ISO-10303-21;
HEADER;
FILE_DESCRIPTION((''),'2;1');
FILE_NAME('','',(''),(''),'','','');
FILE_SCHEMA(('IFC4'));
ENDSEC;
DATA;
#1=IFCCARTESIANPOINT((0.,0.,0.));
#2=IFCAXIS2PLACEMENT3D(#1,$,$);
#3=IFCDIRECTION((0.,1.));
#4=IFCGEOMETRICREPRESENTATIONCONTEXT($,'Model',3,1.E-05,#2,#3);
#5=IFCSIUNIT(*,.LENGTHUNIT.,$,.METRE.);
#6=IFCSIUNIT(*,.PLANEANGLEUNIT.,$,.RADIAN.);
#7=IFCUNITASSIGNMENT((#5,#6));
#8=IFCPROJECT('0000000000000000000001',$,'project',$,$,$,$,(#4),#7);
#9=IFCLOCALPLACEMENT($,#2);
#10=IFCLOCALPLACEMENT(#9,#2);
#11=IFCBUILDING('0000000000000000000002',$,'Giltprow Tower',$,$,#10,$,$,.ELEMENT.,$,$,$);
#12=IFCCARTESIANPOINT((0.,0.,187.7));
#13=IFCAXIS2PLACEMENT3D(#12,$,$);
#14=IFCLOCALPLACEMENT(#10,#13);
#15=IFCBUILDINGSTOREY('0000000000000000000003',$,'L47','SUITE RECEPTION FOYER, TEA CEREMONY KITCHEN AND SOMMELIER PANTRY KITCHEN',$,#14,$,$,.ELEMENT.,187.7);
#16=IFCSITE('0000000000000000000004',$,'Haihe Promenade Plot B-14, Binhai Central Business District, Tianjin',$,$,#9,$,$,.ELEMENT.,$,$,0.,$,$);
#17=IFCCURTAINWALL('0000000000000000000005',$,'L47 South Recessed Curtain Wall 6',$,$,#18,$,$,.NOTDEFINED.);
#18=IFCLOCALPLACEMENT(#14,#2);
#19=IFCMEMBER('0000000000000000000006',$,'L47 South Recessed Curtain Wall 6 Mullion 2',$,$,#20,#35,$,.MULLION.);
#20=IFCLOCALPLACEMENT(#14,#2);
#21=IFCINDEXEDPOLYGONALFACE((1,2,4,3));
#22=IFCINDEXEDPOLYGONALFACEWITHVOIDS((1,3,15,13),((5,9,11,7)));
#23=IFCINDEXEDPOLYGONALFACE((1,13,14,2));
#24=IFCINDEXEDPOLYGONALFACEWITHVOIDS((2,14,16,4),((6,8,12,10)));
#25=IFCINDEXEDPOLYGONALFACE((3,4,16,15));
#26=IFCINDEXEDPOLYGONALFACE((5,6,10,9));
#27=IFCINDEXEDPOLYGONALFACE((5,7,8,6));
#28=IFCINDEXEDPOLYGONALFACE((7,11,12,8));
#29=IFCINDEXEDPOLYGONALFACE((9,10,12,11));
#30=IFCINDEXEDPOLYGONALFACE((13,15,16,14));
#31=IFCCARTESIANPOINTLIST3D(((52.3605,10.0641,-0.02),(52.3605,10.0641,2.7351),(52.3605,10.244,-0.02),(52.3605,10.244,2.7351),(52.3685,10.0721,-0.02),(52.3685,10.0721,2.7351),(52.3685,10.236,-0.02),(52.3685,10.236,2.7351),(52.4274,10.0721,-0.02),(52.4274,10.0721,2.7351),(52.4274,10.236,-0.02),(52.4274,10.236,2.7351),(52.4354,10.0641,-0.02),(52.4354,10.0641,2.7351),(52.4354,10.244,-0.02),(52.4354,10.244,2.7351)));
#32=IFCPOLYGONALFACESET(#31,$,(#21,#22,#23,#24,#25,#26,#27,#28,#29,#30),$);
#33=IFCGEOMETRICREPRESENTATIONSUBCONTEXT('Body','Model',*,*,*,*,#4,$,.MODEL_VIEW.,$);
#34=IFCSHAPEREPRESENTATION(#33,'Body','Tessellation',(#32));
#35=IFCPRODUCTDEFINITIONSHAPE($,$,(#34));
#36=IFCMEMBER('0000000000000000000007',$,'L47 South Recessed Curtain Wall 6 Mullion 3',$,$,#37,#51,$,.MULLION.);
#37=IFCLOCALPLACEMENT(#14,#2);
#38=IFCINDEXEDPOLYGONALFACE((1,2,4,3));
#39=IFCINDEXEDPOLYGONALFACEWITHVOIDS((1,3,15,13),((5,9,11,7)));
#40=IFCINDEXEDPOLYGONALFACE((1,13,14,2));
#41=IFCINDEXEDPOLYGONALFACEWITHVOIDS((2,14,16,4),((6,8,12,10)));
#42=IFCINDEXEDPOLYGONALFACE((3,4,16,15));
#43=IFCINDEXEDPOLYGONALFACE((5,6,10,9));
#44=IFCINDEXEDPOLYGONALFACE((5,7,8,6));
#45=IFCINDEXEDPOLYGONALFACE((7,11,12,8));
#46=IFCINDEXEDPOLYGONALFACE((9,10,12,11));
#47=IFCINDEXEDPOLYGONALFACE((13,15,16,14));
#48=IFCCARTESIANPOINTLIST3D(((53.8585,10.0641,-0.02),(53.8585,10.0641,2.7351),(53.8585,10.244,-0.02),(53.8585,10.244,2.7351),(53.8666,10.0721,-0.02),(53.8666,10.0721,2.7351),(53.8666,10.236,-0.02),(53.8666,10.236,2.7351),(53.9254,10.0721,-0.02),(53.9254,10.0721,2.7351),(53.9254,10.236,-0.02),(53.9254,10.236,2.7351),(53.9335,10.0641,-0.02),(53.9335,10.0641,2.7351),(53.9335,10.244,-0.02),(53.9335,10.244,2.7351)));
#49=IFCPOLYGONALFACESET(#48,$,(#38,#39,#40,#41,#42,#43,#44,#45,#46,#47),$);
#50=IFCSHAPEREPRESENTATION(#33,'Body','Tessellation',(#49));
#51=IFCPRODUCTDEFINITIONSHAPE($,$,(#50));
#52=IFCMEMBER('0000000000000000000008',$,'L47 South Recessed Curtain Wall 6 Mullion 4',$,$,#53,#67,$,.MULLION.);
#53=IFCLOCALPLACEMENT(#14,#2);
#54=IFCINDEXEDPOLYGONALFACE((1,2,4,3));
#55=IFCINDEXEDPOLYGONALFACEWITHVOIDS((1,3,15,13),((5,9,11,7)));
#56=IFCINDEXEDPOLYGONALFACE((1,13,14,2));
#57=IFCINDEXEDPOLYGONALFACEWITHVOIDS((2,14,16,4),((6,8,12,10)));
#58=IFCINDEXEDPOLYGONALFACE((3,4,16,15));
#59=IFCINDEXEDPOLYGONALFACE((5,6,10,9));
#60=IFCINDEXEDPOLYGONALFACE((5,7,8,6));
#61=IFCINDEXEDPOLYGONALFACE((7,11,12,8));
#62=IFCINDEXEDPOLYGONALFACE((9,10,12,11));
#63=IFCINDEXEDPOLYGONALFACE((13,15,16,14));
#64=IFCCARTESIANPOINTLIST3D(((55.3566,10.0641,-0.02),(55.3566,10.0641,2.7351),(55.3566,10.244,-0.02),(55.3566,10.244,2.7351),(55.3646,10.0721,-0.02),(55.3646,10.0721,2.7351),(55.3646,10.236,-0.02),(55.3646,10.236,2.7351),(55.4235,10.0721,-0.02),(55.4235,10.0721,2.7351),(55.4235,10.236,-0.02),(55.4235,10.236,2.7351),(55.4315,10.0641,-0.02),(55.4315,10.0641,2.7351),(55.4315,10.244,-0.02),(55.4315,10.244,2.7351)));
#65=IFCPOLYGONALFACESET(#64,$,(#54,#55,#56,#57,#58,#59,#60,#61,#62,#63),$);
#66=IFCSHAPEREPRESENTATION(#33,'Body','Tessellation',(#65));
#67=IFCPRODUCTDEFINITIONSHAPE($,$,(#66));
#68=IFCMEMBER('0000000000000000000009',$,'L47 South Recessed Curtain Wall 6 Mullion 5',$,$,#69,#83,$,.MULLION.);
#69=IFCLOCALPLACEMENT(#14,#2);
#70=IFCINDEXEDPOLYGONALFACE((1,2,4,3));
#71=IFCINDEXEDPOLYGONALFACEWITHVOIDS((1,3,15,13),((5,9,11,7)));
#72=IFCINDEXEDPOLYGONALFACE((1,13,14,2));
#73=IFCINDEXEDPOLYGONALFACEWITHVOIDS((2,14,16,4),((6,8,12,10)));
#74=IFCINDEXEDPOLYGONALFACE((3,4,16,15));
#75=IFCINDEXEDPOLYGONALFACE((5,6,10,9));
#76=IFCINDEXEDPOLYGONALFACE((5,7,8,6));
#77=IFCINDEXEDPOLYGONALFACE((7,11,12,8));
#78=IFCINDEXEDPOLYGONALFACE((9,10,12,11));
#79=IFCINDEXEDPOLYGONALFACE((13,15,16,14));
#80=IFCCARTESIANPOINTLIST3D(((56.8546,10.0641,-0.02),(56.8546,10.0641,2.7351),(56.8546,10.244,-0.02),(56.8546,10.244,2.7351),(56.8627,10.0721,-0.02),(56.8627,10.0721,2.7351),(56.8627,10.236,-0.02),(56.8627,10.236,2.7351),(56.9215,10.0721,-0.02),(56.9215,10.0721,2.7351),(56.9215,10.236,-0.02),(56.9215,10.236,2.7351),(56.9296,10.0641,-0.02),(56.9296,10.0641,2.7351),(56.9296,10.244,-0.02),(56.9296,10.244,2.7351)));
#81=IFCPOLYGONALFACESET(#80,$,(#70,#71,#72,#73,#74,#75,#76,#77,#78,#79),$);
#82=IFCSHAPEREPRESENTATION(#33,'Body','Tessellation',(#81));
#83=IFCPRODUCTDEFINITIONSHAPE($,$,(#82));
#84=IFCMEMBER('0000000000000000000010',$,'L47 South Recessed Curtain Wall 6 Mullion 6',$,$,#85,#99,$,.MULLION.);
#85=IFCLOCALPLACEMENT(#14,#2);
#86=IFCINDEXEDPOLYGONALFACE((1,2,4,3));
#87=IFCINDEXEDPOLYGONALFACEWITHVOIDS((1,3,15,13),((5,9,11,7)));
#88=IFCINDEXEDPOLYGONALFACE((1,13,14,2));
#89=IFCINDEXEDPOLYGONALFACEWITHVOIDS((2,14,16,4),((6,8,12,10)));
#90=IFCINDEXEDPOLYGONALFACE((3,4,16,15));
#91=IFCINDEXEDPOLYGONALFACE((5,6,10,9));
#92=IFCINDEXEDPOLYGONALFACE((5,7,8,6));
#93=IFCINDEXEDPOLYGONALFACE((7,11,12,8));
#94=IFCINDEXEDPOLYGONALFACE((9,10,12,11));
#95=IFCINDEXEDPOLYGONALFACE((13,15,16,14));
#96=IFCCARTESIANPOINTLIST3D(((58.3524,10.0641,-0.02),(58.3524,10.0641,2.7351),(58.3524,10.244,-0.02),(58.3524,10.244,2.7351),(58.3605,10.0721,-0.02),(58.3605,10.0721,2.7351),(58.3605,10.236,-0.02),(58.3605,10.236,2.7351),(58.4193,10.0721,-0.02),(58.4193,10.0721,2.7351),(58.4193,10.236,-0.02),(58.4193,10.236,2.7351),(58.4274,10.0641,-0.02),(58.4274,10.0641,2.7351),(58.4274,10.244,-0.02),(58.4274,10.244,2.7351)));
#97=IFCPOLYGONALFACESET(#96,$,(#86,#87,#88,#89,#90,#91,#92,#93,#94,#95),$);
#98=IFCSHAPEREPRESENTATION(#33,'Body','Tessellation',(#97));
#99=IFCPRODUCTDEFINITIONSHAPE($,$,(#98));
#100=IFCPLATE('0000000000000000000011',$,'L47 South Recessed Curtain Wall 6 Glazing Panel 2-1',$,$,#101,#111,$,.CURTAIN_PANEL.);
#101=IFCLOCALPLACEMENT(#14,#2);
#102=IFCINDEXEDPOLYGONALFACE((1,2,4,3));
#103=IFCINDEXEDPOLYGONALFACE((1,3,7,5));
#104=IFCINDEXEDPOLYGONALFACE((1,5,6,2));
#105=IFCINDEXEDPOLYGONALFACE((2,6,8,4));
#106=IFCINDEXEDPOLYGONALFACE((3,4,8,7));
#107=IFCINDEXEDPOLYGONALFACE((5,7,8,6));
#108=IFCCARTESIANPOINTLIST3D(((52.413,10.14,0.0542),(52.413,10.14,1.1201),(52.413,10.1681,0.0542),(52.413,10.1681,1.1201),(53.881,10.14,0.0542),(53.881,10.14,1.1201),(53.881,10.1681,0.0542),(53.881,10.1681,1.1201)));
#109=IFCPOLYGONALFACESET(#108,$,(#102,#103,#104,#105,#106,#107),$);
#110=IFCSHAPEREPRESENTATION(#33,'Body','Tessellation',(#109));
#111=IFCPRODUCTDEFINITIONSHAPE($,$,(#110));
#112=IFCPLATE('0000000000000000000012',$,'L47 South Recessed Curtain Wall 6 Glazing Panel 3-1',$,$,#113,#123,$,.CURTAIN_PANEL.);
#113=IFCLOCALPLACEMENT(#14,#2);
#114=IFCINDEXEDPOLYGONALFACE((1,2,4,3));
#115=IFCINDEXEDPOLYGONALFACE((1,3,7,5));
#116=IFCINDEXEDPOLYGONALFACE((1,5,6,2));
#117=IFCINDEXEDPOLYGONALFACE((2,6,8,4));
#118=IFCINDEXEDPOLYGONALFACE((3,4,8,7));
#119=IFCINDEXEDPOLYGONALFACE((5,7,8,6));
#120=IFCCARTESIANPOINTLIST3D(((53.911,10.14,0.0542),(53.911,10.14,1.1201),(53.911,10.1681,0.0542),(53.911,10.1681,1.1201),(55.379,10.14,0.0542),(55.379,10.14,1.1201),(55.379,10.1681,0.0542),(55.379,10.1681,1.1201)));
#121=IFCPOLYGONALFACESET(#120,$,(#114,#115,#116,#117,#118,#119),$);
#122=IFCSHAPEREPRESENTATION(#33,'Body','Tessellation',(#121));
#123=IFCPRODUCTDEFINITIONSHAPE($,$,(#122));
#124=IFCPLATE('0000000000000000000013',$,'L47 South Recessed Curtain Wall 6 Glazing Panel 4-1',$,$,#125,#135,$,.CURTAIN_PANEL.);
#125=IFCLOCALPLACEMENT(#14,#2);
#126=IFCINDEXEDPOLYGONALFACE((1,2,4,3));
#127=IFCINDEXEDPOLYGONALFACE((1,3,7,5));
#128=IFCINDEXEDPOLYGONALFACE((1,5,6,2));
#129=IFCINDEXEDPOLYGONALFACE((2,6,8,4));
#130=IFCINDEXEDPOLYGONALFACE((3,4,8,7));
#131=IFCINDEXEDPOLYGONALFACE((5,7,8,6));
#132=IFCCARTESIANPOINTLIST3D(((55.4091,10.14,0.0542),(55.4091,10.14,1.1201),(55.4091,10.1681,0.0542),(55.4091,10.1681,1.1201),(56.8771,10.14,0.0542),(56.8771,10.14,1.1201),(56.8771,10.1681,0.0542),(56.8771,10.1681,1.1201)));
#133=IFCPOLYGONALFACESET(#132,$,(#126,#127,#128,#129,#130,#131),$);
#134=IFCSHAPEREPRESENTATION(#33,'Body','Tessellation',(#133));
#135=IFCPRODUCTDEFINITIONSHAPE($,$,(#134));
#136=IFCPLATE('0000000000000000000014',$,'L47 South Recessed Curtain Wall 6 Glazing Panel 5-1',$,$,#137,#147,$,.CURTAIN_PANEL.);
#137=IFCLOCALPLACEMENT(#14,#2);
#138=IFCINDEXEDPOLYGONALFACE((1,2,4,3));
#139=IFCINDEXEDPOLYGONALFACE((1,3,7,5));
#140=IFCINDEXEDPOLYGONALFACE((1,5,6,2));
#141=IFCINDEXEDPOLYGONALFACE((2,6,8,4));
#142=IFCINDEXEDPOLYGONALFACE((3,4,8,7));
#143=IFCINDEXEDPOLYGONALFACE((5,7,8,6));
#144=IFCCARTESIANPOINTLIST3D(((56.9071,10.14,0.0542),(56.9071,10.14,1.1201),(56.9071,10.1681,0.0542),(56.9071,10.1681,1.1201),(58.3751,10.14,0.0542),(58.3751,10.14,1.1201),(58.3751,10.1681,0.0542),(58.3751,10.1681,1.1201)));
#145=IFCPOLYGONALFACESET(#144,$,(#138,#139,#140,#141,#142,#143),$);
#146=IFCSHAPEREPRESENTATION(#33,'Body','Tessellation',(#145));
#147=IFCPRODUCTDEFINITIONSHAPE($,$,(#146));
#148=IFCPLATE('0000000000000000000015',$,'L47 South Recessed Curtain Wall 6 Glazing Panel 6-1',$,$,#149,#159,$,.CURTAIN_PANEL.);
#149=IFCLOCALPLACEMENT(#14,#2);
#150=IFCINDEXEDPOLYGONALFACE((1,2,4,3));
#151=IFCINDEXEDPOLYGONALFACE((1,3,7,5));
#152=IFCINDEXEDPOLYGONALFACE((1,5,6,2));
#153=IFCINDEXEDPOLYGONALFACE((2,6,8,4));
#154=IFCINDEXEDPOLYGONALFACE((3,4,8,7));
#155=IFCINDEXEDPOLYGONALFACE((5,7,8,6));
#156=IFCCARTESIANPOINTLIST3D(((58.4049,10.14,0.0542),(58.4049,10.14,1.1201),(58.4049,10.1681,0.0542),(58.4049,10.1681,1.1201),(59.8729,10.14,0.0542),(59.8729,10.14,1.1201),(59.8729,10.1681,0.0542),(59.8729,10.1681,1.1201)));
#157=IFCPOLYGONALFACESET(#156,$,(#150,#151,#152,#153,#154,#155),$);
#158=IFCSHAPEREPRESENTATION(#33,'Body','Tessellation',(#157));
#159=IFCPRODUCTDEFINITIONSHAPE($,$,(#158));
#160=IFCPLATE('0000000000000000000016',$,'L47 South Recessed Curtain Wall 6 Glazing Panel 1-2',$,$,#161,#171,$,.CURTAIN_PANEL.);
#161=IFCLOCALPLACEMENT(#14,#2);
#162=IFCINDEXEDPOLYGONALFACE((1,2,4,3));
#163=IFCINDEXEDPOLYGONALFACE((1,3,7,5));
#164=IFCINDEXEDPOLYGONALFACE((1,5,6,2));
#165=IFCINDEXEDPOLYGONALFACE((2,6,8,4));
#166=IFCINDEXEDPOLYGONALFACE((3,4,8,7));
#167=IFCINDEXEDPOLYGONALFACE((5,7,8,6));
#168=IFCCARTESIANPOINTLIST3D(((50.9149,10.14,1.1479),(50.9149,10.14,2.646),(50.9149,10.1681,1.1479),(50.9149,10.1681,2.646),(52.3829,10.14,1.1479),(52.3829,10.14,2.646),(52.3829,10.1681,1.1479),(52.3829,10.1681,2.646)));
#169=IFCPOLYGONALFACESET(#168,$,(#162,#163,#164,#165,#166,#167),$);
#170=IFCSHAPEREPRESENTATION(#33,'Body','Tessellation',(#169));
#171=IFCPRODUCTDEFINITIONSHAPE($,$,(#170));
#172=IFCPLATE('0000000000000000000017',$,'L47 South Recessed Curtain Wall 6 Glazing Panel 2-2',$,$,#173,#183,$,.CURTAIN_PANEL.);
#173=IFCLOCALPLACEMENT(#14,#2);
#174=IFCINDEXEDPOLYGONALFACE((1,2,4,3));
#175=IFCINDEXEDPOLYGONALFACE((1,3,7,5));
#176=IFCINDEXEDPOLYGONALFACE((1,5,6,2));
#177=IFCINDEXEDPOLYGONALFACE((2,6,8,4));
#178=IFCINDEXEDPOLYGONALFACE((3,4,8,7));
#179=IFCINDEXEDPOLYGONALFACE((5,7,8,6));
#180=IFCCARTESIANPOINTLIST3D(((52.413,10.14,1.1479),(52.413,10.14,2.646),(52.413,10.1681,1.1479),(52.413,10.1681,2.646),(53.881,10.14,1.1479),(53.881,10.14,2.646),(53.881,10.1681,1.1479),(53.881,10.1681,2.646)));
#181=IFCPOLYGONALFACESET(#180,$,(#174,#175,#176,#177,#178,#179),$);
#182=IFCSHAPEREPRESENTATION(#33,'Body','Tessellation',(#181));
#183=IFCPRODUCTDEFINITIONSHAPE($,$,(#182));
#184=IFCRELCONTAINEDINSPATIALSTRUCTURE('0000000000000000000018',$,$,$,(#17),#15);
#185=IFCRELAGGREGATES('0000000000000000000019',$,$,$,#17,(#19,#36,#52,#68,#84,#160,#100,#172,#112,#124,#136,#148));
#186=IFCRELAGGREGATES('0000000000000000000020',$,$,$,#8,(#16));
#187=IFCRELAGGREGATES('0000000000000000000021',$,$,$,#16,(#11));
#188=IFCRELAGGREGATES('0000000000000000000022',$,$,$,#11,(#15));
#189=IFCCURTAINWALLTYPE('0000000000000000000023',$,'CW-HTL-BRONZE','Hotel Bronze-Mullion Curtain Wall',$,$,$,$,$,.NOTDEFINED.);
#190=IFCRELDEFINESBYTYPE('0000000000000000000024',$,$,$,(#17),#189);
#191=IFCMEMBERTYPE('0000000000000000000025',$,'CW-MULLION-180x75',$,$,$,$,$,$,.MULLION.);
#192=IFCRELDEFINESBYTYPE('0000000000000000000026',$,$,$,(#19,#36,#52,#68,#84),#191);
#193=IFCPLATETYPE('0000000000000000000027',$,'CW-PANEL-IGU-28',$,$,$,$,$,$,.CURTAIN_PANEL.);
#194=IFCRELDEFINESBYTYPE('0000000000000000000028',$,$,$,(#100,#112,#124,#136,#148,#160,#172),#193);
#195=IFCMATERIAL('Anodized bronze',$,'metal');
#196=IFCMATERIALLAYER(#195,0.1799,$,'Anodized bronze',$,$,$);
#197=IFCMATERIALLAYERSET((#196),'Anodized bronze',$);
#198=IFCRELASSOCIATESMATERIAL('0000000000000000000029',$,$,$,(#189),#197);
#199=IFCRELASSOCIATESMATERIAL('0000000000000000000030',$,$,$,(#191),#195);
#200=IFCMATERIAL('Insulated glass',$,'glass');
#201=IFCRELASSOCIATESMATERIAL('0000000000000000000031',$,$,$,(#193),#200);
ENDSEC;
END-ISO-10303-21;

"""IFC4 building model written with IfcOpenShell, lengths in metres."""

from ifc_helpers import new_model, si_unit, direction, frame, origin, origin_2d, place, context, subcontext, project, spatial, rectangle, hollow_rectangle, extrude, source, transform, mapped, material, layer, layer_set, material_profile, profile_set, type_object, element, aggregate, save


model = new_model("IFC4")

# Units and contexts
model_context = context("Model", 3, precision=1e-05, world=origin(), true_north=direction((0.0, 1.0)))
body_context = subcontext(model_context, "Body", "Model", "MODEL_VIEW")
ifc_project = project(units=[si_unit("LENGTHUNIT", "METRE"), si_unit("PLANEANGLEUNIT", "RADIAN")], contexts=[model_context])

# Site, building, storey
site_placement = place(None, origin())
site = spatial("IfcSite", under=ifc_project, at=site_placement, Name="Haihe Promenade Plot B-14, Binhai Central Business District, Tianjin", CompositionType="ELEMENT", RefElevation=0.0)
building_placement = place(site_placement, origin())
building = spatial("IfcBuilding", under=site, at=building_placement, Name="Giltprow Tower", CompositionType="ELEMENT")
storey_placement = place(building_placement, frame((0.0, 0.0, 187.7)))
storey = spatial("IfcBuildingStorey", under=building, at=storey_placement, Name="L47", Description="SUITE RECEPTION FOYER, TEA CEREMONY KITCHEN AND SOMMELIER PANTRY KITCHEN", CompositionType="ELEMENT", Elevation=187.7)

# Curtain wall, members, plates
ifc_material_1 = material(Name="Anodized bronze", Category="metal")
ifc_layer = layer(ifc_material_1, 0.1799, Name="Anodized bronze")
ifc_layer_set = layer_set([ifc_layer], Name="Anodized bronze")
curtain_wall_type = type_object("IfcCurtainWallType", Name="CW-HTL-BRONZE", Description="Hotel Bronze-Mullion Curtain Wall", PredefinedType="NOTDEFINED", material=ifc_layer_set)
curtain_wall_placement = place(storey_placement, origin())
curtain_wall = element("IfcCurtainWall", 1, at=curtain_wall_placement, inside=storey, type_object=curtain_wall_type, Name="L47 South Recessed Curtain Wall 6", PredefinedType="NOTDEFINED")
ifc_material_profile = material_profile(ifc_material_1, hollow_rectangle(XDim=0.075, YDim=0.1799, WallThickness=0.0081, at=origin_2d()), Name="RHS 180x75x8")
ifc_profile_set = profile_set([ifc_material_profile], Name="Anodized bronze")
member_type = type_object("IfcMemberType", Name="CW-MULLION-180x75", PredefinedType="MULLION", material=ifc_profile_set)
shared_shape_1 = source(origin(), body_context, "Body", "SweptSolid", [
    extrude(hollow_rectangle(XDim=0.075, YDim=0.1799, WallThickness=0.0081, at=origin_2d()), origin(), (0.0, 0.0, 1.0), 2.7551),
])
member_1_placement = place(storey_placement, frame((52.3979, 10.1541, -0.02), z_axis=(0.0, 0.0, 1.0), x_axis=(1.0, 0.0, 0.0)))
member_1 = element("IfcMember", 2, at=member_1_placement, type_object=member_type, Name="L47 South Recessed Curtain Wall 6 Mullion 2", PredefinedType="MULLION", context=body_context, shape_type="MappedRepresentation", body=[
    mapped(shared_shape_1, transform((0.0, 0.0, 0.0), x_axis=(1.0, 0.0, 0.0), y_axis=(0.0, 1.0, 0.0), z_axis=(0.0, 0.0, 1.0), scale=1.0)),
])
member_2_placement = place(storey_placement, frame((53.896, 10.1541, -0.02), z_axis=(0.0, 0.0, 1.0), x_axis=(1.0, 0.0, 0.0)))
member_2 = element("IfcMember", 3, at=member_2_placement, type_object=member_type, Name="L47 South Recessed Curtain Wall 6 Mullion 3", PredefinedType="MULLION", context=body_context, shape_type="MappedRepresentation", body=[
    mapped(shared_shape_1, transform((0.0, 0.0, 0.0), x_axis=(1.0, 0.0, 0.0), y_axis=(0.0, 1.0, 0.0), z_axis=(0.0, 0.0, 1.0), scale=1.0)),
])
member_3_placement = place(storey_placement, frame((55.394, 10.1541, -0.02), z_axis=(0.0, 0.0, 1.0), x_axis=(1.0, 0.0, 0.0)))
member_3 = element("IfcMember", 4, at=member_3_placement, type_object=member_type, Name="L47 South Recessed Curtain Wall 6 Mullion 4", PredefinedType="MULLION", context=body_context, shape_type="MappedRepresentation", body=[
    mapped(shared_shape_1, transform((0.0, 0.0, 0.0), x_axis=(1.0, 0.0, 0.0), y_axis=(0.0, 1.0, 0.0), z_axis=(0.0, 0.0, 1.0), scale=1.0)),
])
member_4_placement = place(storey_placement, frame((56.8921, 10.1541, -0.02), z_axis=(0.0, 0.0, 1.0), x_axis=(1.0, 0.0, 0.0)))
member_4 = element("IfcMember", 5, at=member_4_placement, type_object=member_type, Name="L47 South Recessed Curtain Wall 6 Mullion 5", PredefinedType="MULLION", context=body_context, shape_type="MappedRepresentation", body=[
    mapped(shared_shape_1, transform((0.0, 0.0, 0.0), x_axis=(1.0, 0.0, 0.0), y_axis=(0.0, 1.0, 0.0), z_axis=(0.0, 0.0, 1.0), scale=1.0)),
])
member_5_placement = place(storey_placement, frame((58.3899, 10.1541, -0.02), z_axis=(0.0, 0.0, 1.0), x_axis=(1.0, 0.0, 0.0)))
member_5 = element("IfcMember", 6, at=member_5_placement, type_object=member_type, Name="L47 South Recessed Curtain Wall 6 Mullion 6", PredefinedType="MULLION", context=body_context, shape_type="MappedRepresentation", body=[
    mapped(shared_shape_1, transform((0.0, 0.0, 0.0), x_axis=(1.0, 0.0, 0.0), y_axis=(0.0, 1.0, 0.0), z_axis=(0.0, 0.0, 1.0), scale=1.0)),
])
ifc_material_2 = material(Name="Insulated glass", Category="glass")
plate_type = type_object("IfcPlateType", Name="CW-PANEL-IGU-28", PredefinedType="CURTAIN_PANEL", material=ifc_material_2)
shared_shape_2 = source(origin(), body_context, "Body", "SweptSolid", [
    extrude(rectangle(XDim=1.468, YDim=0.0281, at=origin_2d()), origin(), (0.0, 0.0, 1.0), 1.0659),
])
plate_1_placement = place(storey_placement, frame((53.147, 10.1541, 0.0542), z_axis=(0.0, 0.0, 1.0), x_axis=(1.0, 0.0, 0.0)))
plate_1 = element("IfcPlate", 7, at=plate_1_placement, type_object=plate_type, Name="L47 South Recessed Curtain Wall 6 Glazing Panel 2-1", PredefinedType="CURTAIN_PANEL", context=body_context, shape_type="MappedRepresentation", body=[
    mapped(shared_shape_2, transform((0.0, 0.0, 0.0), x_axis=(1.0, 0.0, 0.0), y_axis=(0.0, 1.0, 0.0), z_axis=(0.0, 0.0, 1.0), scale=1.0)),
])
plate_2_placement = place(storey_placement, frame((54.645, 10.1541, 0.0542), z_axis=(0.0, 0.0, 1.0), x_axis=(1.0, 0.0, 0.0)))
plate_2 = element("IfcPlate", 8, at=plate_2_placement, type_object=plate_type, Name="L47 South Recessed Curtain Wall 6 Glazing Panel 3-1", PredefinedType="CURTAIN_PANEL", context=body_context, shape_type="MappedRepresentation", body=[
    mapped(shared_shape_2, transform((0.0, 0.0, 0.0), x_axis=(1.0, 0.0, 0.0), y_axis=(0.0, 1.0, 0.0), z_axis=(0.0, 0.0, 1.0), scale=1.0)),
])
plate_3_placement = place(storey_placement, frame((56.1431, 10.1541, 0.0542), z_axis=(0.0, 0.0, 1.0), x_axis=(1.0, 0.0, 0.0)))
plate_3 = element("IfcPlate", 9, at=plate_3_placement, type_object=plate_type, Name="L47 South Recessed Curtain Wall 6 Glazing Panel 4-1", PredefinedType="CURTAIN_PANEL", context=body_context, shape_type="MappedRepresentation", body=[
    mapped(shared_shape_2, transform((0.0, 0.0, 0.0), x_axis=(1.0, 0.0, 0.0), y_axis=(0.0, 1.0, 0.0), z_axis=(0.0, 0.0, 1.0), scale=1.0)),
])
plate_4_placement = place(storey_placement, frame((57.6411, 10.1541, 0.0542), z_axis=(0.0, 0.0, 1.0), x_axis=(1.0, 0.0, 0.0)))
plate_4 = element("IfcPlate", 10, at=plate_4_placement, type_object=plate_type, Name="L47 South Recessed Curtain Wall 6 Glazing Panel 5-1", PredefinedType="CURTAIN_PANEL", context=body_context, shape_type="MappedRepresentation", body=[
    mapped(shared_shape_2, transform((0.0, 0.0, 0.0), x_axis=(1.0, 0.0, 0.0), y_axis=(0.0, 1.0, 0.0), z_axis=(0.0, 0.0, 1.0), scale=1.0)),
])
plate_5_placement = place(storey_placement, frame((59.1389, 10.1541, 0.0542), z_axis=(0.0, 0.0, 1.0), x_axis=(1.0, 0.0, 0.0)))
plate_5 = element("IfcPlate", 11, at=plate_5_placement, type_object=plate_type, Name="L47 South Recessed Curtain Wall 6 Glazing Panel 6-1", PredefinedType="CURTAIN_PANEL", context=body_context, shape_type="MappedRepresentation", body=[
    mapped(shared_shape_2, transform((0.0, 0.0, 0.0), x_axis=(1.0, 0.0, 0.0), y_axis=(0.0, 1.0, 0.0), z_axis=(0.0, 0.0, 1.0), scale=1.0)),
])
shared_shape_3 = source(origin(), body_context, "Body", "SweptSolid", [
    extrude(rectangle(XDim=1.468, YDim=0.0281, at=origin_2d()), origin(), (0.0, 0.0, 1.0), 1.498),
])
plate_6_placement = place(storey_placement, frame((51.6489, 10.1541, 1.1479), z_axis=(0.0, 0.0, 1.0), x_axis=(1.0, 0.0, 0.0)))
plate_6 = element("IfcPlate", 12, at=plate_6_placement, type_object=plate_type, Name="L47 South Recessed Curtain Wall 6 Glazing Panel 1-2", PredefinedType="CURTAIN_PANEL", context=body_context, shape_type="MappedRepresentation", body=[
    mapped(shared_shape_3, transform((0.0, 0.0, 0.0), x_axis=(1.0, 0.0, 0.0), y_axis=(0.0, 1.0, 0.0), z_axis=(0.0, 0.0, 1.0), scale=1.0)),
])
plate_7_placement = place(storey_placement, frame((53.147, 10.1541, 1.1479), z_axis=(0.0, 0.0, 1.0), x_axis=(1.0, 0.0, 0.0)))
plate_7 = element("IfcPlate", 13, at=plate_7_placement, type_object=plate_type, Name="L47 South Recessed Curtain Wall 6 Glazing Panel 2-2", PredefinedType="CURTAIN_PANEL", context=body_context, shape_type="MappedRepresentation", body=[
    mapped(shared_shape_3, transform((0.0, 0.0, 0.0), x_axis=(1.0, 0.0, 0.0), y_axis=(0.0, 1.0, 0.0), z_axis=(0.0, 0.0, 1.0), scale=1.0)),
])
aggregate(curtain_wall, [member_1, member_2, member_3, member_4, member_5, plate_6, plate_1, plate_7, plate_2, plate_3, plate_4, plate_5])

save(model, "model.ifc")
